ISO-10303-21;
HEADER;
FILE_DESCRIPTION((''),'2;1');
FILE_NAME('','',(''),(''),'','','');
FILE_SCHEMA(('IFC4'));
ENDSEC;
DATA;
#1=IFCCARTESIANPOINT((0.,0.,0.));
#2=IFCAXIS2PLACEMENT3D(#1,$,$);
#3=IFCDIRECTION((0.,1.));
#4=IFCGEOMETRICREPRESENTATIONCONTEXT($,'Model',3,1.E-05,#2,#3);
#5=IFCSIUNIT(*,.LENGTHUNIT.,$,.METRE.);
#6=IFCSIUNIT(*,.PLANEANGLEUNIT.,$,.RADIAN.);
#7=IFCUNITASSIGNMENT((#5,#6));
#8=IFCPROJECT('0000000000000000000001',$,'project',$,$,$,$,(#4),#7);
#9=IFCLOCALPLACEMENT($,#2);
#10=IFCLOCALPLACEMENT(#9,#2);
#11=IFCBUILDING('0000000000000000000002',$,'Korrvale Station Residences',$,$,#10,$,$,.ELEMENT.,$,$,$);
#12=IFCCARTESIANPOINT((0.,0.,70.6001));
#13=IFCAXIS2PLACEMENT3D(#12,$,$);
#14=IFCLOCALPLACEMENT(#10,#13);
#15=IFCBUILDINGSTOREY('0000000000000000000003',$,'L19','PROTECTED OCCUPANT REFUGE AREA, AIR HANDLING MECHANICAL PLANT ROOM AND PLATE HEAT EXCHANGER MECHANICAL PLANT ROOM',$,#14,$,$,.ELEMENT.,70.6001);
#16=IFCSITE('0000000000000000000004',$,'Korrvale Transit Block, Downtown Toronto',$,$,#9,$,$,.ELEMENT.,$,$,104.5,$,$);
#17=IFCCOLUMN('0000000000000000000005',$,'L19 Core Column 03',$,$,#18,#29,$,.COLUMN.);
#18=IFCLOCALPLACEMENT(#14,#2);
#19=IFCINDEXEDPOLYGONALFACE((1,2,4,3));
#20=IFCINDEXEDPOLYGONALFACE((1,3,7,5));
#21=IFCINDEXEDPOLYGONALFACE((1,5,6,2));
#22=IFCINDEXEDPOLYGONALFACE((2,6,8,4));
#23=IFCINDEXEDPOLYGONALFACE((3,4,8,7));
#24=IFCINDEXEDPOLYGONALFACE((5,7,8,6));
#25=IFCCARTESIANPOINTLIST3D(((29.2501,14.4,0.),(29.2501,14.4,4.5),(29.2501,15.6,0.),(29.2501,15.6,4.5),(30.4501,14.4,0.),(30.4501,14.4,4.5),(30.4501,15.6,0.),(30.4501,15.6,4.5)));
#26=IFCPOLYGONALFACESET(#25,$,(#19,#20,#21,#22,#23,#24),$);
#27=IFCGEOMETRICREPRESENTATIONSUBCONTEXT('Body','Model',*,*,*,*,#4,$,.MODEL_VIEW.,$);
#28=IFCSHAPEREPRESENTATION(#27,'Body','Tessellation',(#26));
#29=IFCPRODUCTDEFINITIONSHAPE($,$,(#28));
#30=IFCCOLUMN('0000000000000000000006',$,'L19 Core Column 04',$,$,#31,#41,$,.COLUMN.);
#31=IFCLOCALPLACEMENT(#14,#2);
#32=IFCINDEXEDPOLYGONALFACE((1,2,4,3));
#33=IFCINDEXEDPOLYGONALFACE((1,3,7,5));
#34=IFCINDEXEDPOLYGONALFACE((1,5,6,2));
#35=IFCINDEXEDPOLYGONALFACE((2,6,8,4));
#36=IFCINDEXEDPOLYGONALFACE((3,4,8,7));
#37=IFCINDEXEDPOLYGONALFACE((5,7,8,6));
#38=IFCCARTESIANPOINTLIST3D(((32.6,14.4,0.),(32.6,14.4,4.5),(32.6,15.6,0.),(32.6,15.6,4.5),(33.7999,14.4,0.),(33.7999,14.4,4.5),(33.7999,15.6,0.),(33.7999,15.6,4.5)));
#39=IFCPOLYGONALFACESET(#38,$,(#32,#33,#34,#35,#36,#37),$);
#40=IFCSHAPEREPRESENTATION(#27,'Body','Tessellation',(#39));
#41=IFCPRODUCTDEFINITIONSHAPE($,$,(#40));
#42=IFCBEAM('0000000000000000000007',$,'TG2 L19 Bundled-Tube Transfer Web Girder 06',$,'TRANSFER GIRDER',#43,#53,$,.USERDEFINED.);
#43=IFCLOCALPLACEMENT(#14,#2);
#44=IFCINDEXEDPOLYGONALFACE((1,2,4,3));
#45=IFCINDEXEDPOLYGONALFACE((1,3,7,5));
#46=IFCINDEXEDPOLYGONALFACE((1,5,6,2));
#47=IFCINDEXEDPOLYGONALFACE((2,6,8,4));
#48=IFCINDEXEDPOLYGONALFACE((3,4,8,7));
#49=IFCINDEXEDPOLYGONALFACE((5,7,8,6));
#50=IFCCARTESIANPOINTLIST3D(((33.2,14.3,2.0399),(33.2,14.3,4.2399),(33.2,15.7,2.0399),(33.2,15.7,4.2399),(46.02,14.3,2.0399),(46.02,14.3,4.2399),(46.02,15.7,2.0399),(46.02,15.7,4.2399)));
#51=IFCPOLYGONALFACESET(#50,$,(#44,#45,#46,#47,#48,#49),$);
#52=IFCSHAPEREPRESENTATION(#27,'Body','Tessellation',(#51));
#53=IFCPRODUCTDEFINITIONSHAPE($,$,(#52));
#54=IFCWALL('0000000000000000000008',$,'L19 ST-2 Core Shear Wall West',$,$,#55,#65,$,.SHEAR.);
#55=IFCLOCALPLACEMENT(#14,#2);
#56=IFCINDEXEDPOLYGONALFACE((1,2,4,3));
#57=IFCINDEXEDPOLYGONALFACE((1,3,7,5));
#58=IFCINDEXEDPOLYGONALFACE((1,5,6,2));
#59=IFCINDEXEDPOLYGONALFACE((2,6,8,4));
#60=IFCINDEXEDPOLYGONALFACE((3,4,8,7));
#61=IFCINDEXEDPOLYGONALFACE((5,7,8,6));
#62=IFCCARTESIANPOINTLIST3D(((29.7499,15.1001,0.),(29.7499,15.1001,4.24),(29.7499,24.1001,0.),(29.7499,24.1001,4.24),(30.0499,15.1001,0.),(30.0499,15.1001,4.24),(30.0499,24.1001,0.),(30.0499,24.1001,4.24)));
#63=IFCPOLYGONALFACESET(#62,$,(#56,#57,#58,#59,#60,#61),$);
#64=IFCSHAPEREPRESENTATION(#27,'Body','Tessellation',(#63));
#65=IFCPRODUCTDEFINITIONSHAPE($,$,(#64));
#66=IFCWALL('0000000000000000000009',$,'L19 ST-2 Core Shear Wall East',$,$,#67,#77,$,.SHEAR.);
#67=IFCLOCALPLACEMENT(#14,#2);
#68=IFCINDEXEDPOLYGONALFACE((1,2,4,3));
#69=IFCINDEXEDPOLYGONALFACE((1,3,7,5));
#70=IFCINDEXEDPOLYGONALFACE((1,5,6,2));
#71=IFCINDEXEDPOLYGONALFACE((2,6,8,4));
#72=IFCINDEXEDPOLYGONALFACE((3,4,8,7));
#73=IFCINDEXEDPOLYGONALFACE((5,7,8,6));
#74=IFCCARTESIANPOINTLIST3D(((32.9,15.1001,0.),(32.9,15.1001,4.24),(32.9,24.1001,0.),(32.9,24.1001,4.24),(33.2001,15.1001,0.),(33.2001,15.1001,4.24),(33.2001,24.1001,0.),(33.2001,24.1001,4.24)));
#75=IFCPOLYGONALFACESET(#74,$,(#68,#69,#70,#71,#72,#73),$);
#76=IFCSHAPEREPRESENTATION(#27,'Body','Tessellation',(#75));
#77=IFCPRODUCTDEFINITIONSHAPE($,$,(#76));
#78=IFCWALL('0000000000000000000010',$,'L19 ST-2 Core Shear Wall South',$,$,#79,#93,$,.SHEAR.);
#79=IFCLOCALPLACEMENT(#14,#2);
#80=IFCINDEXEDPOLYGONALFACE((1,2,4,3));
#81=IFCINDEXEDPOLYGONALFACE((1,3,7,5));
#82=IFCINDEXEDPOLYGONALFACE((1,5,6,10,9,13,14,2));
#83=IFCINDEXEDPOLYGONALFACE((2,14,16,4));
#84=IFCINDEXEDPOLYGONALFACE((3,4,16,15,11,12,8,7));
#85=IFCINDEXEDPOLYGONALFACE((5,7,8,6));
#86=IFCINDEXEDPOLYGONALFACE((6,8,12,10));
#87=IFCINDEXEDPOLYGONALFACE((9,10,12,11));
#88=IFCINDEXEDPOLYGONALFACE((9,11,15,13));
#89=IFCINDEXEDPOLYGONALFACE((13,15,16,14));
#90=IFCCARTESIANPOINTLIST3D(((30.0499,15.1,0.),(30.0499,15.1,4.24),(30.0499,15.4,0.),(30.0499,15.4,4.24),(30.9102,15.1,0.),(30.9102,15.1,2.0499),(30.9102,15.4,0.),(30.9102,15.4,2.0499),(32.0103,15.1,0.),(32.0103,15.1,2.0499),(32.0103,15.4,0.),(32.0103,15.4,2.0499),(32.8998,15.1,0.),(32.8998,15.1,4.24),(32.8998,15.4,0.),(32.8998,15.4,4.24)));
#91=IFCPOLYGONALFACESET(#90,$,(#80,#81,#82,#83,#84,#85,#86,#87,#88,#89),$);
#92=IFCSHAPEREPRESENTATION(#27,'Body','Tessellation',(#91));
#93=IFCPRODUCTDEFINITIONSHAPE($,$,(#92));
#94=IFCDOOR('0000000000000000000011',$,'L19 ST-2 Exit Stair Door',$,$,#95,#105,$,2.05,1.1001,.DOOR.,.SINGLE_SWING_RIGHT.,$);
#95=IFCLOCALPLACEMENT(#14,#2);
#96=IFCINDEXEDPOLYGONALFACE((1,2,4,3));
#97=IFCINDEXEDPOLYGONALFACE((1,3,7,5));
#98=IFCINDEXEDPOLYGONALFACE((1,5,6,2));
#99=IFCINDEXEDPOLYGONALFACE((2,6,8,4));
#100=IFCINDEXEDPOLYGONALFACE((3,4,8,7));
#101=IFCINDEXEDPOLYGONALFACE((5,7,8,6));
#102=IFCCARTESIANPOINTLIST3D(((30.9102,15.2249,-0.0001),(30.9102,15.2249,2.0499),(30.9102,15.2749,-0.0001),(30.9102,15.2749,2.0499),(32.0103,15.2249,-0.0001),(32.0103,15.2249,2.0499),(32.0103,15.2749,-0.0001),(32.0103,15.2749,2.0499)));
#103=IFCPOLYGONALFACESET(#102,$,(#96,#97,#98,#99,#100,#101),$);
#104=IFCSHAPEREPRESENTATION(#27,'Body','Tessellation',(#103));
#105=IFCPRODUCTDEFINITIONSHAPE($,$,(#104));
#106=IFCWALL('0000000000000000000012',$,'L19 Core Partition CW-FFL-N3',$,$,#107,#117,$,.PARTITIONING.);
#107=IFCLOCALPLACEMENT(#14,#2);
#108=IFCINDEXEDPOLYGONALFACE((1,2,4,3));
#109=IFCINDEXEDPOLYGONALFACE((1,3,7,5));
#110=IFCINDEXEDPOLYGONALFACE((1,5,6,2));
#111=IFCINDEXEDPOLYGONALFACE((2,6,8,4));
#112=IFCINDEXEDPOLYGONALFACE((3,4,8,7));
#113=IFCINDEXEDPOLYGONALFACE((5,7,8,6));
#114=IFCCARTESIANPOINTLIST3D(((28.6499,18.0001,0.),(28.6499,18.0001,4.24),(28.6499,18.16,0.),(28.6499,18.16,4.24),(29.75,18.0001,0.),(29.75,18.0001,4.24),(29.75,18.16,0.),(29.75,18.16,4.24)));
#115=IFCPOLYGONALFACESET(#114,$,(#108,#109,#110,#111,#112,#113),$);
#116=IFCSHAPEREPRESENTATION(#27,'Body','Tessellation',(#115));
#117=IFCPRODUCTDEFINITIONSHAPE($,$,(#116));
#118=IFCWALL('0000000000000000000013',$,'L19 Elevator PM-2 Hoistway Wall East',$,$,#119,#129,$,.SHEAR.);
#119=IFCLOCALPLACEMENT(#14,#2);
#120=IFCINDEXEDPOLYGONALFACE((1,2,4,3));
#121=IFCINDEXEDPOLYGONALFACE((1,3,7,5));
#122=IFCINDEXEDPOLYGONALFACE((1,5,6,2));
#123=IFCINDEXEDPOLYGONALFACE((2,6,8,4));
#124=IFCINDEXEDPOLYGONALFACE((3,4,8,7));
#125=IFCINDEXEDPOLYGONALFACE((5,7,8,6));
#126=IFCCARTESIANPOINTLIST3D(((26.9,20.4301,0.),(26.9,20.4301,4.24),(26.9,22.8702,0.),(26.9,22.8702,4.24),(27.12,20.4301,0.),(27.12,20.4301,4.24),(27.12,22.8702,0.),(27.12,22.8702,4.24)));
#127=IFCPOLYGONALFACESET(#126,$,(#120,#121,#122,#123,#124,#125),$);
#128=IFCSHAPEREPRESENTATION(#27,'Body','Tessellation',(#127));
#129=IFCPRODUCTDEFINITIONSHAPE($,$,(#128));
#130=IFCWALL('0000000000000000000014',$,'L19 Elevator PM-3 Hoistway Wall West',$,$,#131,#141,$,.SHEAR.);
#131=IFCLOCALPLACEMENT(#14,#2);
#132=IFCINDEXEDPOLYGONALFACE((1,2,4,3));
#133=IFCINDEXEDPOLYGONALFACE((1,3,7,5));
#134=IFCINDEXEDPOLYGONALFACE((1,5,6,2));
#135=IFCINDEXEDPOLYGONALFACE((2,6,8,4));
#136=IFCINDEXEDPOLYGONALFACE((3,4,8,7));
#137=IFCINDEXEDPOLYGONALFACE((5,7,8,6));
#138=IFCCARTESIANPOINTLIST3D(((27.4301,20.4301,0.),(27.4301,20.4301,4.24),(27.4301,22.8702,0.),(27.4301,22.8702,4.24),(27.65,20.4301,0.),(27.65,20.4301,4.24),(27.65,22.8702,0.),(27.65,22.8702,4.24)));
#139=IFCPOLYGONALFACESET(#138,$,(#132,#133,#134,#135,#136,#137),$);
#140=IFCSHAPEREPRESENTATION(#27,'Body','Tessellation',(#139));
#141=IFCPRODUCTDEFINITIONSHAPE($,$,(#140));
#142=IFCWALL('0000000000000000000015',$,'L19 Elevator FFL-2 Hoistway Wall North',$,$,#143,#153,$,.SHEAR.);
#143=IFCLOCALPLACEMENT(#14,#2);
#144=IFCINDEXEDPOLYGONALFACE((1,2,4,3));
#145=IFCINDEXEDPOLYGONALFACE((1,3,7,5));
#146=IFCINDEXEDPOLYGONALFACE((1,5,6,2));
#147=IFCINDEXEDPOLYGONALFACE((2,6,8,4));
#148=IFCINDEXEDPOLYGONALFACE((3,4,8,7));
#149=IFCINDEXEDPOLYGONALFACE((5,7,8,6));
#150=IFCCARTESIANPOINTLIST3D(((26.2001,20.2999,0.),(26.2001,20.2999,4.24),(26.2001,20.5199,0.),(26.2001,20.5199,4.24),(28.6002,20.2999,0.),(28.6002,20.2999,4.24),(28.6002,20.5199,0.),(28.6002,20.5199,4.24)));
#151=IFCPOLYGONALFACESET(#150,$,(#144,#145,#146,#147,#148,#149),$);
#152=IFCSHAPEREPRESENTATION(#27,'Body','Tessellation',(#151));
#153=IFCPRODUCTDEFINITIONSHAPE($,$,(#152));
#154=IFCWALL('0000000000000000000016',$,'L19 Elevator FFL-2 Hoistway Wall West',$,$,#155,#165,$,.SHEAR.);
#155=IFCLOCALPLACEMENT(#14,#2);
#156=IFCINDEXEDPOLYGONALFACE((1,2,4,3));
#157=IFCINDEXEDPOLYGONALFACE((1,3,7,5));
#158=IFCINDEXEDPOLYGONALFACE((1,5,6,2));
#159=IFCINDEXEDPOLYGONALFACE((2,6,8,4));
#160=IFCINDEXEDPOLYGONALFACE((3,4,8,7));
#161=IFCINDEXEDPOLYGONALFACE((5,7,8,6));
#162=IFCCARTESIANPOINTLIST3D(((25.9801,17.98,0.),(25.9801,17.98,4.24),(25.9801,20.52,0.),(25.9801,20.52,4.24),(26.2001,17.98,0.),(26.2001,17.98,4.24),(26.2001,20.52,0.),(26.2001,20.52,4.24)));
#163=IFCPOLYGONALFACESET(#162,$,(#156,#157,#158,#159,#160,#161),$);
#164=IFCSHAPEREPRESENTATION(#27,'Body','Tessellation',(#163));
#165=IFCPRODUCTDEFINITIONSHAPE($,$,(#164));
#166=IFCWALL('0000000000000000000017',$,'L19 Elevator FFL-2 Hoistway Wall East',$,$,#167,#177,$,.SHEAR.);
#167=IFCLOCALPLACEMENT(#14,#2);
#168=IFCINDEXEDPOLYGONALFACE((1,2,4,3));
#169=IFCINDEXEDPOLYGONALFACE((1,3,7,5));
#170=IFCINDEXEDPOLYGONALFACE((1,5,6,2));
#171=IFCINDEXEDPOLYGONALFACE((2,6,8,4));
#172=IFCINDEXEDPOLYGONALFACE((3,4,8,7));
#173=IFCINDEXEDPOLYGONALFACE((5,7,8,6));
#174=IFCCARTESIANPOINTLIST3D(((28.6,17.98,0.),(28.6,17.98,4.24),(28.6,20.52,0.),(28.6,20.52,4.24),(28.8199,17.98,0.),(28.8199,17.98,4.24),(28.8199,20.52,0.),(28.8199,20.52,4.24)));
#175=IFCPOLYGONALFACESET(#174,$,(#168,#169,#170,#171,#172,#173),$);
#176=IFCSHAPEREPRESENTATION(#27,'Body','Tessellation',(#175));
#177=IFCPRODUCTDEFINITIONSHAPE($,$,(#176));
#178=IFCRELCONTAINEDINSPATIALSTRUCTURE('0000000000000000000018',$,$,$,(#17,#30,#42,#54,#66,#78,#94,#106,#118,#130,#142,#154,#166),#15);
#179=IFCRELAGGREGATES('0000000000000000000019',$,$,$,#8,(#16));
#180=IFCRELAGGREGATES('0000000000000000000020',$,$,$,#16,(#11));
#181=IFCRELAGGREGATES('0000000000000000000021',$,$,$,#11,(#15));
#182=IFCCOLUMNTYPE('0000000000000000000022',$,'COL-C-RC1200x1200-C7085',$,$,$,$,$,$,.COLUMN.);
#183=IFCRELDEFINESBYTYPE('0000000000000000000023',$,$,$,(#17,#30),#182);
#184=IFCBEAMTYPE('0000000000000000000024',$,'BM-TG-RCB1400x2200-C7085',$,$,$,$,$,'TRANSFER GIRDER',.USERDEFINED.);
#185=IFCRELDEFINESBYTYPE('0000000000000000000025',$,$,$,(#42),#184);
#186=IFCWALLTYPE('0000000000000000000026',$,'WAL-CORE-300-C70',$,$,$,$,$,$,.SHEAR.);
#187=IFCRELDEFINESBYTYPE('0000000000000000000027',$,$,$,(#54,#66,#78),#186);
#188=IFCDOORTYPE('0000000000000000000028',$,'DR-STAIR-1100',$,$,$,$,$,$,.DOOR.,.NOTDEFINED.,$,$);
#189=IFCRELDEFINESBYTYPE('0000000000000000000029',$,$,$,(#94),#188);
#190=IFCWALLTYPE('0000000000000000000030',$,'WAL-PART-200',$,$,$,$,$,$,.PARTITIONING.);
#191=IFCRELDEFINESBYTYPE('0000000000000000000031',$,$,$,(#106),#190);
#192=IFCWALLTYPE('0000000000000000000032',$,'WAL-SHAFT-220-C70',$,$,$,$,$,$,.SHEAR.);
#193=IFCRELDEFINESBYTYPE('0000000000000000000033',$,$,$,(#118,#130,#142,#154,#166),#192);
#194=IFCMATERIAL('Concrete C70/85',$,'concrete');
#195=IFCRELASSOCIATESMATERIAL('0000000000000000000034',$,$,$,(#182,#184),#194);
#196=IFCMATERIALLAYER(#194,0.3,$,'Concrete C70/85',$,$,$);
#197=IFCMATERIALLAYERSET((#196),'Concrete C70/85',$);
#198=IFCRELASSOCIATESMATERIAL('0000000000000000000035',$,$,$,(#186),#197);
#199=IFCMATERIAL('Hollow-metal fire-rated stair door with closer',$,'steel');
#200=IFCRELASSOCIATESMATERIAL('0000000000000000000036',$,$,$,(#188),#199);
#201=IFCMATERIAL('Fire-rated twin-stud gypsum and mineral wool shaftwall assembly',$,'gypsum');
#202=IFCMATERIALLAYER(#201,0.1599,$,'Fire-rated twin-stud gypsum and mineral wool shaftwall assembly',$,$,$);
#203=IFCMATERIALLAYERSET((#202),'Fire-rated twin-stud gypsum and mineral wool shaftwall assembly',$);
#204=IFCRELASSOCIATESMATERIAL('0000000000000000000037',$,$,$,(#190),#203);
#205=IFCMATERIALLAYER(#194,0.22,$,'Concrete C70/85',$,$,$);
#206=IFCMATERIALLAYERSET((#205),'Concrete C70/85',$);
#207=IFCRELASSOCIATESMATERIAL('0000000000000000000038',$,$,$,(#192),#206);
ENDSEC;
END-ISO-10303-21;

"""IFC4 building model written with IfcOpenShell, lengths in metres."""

from ifc_helpers import new_model, si_unit, direction, frame, frame_2d, origin, origin_2d, place, context, subcontext, project, spatial, rectangle, extrude, material, layer, layer_set, material_profile, profile_set, type_object, element, fill, save


model = new_model("IFC4")

# Units and contexts
model_context = context("Model", 3, precision=1e-05, world=origin(), true_north=direction((0.0, 1.0)))
body_context = subcontext(model_context, "Body", "Model", "MODEL_VIEW")
ifc_project = project(units=[si_unit("LENGTHUNIT", "METRE"), si_unit("PLANEANGLEUNIT", "RADIAN")], contexts=[model_context])

# Site, building, storey
site_placement = place(None, origin())
site = spatial("IfcSite", under=ifc_project, at=site_placement, Name="Korrvale Transit Block, Downtown Toronto", CompositionType="ELEMENT", RefElevation=104.5)
building_placement = place(site_placement, origin())
building = spatial("IfcBuilding", under=site, at=building_placement, Name="Korrvale Station Residences", CompositionType="ELEMENT")
storey_placement = place(building_placement, frame((0.0, 0.0, 70.6001)))
storey = spatial("IfcBuildingStorey", under=building, at=storey_placement, Name="L19", Description="PROTECTED OCCUPANT REFUGE AREA, AIR HANDLING MECHANICAL PLANT ROOM AND PLATE HEAT EXCHANGER MECHANICAL PLANT ROOM", CompositionType="ELEMENT", Elevation=70.6001)

# Columns
ifc_material_1 = material(Name="Concrete C70/85", Category="concrete")
ifc_material_profile_1 = material_profile(ifc_material_1, rectangle(XDim=1.2, YDim=1.2, at=origin_2d()), Name="RC1200x1200")
ifc_profile_set_1 = profile_set([ifc_material_profile_1], Name="Concrete C70/85")
column_type = type_object("IfcColumnType", Name="COL-C-RC1200x1200-C7085", PredefinedType="COLUMN", material=ifc_profile_set_1)
for number, where, z_axis, x_axis, name in (
    (1, (29.8501, 15.0, 0.0), (0.0, 0.0, 1.0), (1.0, 0.0, 0.0), "L19 Core Column 03"),
    (2, (33.2, 15.0, 0.0), (0.0, 0.0, 1.0), (1.0, 0.0, 0.0), "L19 Core Column 04"),
):
    element("IfcColumn", number, at=place(storey_placement, frame(where, z_axis=z_axis, x_axis=x_axis)), inside=storey, type_object=column_type, Name=name, PredefinedType="COLUMN", context=body_context, shape_type="SweptSolid", body=[
        extrude(rectangle(XDim=1.2, YDim=1.2, at=origin_2d()), origin(), (0.0, 0.0, 1.0), 4.5),
    ])

# Beam
ifc_material_profile_2 = material_profile(ifc_material_1, rectangle(XDim=1.3999, YDim=2.2, at=origin_2d()), Name="RCB1400x2200")
ifc_profile_set_2 = profile_set([ifc_material_profile_2], Name="Concrete C70/85")
beam_type = type_object("IfcBeamType", Name="BM-TG-RCB1400x2200-C7085", ElementType="TRANSFER GIRDER", PredefinedType="USERDEFINED", material=ifc_profile_set_2)
beam_placement = place(storey_placement, frame((33.2, 15.0, 3.1399), z_axis=(1.0, 0.0, 0.0), x_axis=(0.0, 1.0, 0.0)))
element("IfcBeam", 3, at=beam_placement, inside=storey, type_object=beam_type, Name="TG2 L19 Bundled-Tube Transfer Web Girder 06", ObjectType="TRANSFER GIRDER", PredefinedType="USERDEFINED", context=body_context, shape_type="SweptSolid", body=[
    extrude(rectangle(XDim=1.3999, YDim=2.2, at=origin_2d()), origin(), (0.0, 0.0, 1.0), 12.8201),
])

# Walls
ifc_layer_1 = layer(ifc_material_1, 0.3, Name="Concrete C70/85")
ifc_layer_set_1 = layer_set([ifc_layer_1], Name="Concrete C70/85")
wall_type_1 = type_object("IfcWallType", Name="WAL-CORE-300-C70", PredefinedType="SHEAR", material=ifc_layer_set_1)
for number, where, z_axis, x_axis, name in (
    (4, (29.8999, 15.1001, 0.0), (0.0, 0.0, 1.0), (0.0, 1.0, 0.0), "L19 ST-2 Core Shear Wall West"),
    (5, (33.05, 15.1001, 0.0), (0.0, 0.0, 1.0), (0.0, 1.0, 0.0), "L19 ST-2 Core Shear Wall East"),
):
    element("IfcWall", number, at=place(storey_placement, frame(where, z_axis=z_axis, x_axis=x_axis)), inside=storey, type_object=wall_type_1, Name=name, PredefinedType="SHEAR", context=body_context, shape_type="SweptSolid", body=[
        extrude(rectangle(XDim=9.0, YDim=0.3, at=frame_2d((4.5, 0.0))), origin(), (0.0, 0.0, 1.0), 4.24),
    ])

# Wall, opening, door
wall_1_placement = place(storey_placement, frame((30.05, 15.25, 0.0), z_axis=(0.0, 0.0, 1.0), x_axis=(1.0, 0.0, 0.0)))
wall_1 = element("IfcWall", 6, at=wall_1_placement, inside=storey, type_object=wall_type_1, Name="L19 ST-2 Core Shear Wall South", PredefinedType="SHEAR", context=body_context, shape_type="SweptSolid", body=[
    extrude(rectangle(XDim=2.8499, YDim=0.3, at=frame_2d((1.4248, 0.0))), origin(), (0.0, 0.0, 1.0), 4.24),
])
opening_1_placement = place(wall_1_placement, frame((0.8601, 0.0, 0.0)))
opening_1 = element("IfcOpeningElement", 7, at=opening_1_placement, cuts=wall_1, PredefinedType="OPENING", context=body_context, shape_type="SweptSolid", body=[
    extrude(rectangle(XDim=1.1001, YDim=2.05, at=frame_2d((0.55, 1.0249))), frame((0.0, 0.1602, 0.0), z_axis=(0.0, -1.0, 0.0), x_axis=(1.0, 0.0, 0.0)), (0.0, 0.0, 1.0), 0.3201),
])
ifc_material_2 = material(Name="Hollow-metal fire-rated stair door with closer", Category="steel")
door_type_1 = type_object("IfcDoorType", Name="DR-STAIR-1100", OperationType="NOTDEFINED", PredefinedType="DOOR", material=ifc_material_2)
door_1_placement = place(opening_1_placement, origin())
door_1 = element("IfcDoor", 8, at=door_1_placement, inside=storey, type_object=door_type_1, Name="L19 ST-2 Exit Stair Door", OperationType="SINGLE_SWING_RIGHT", OverallHeight=2.05, OverallWidth=1.1001, PredefinedType="DOOR", context=body_context, shape_type="SweptSolid", body=[
    extrude(rectangle(XDim=1.1001, YDim=2.05, at=frame_2d((0.55, 1.0249))), frame((0.0, 0.0249, 0.0), z_axis=(0.0, -1.0, 0.0), x_axis=(1.0, 0.0, 0.0)), (0.0, 0.0, 1.0), 0.05),
])
fill(opening_1, door_1)

# Walls
ifc_material_3 = material(Name="Fire-rated twin-stud gypsum and mineral wool shaftwall assembly", Category="gypsum")
ifc_layer_2 = layer(ifc_material_3, 0.1599, Name="Fire-rated twin-stud gypsum and mineral wool shaftwall assembly")
ifc_layer_set_2 = layer_set([ifc_layer_2], Name="Fire-rated twin-stud gypsum and mineral wool shaftwall assembly")
wall_type_2 = type_object("IfcWallType", Name="WAL-PART-200", PredefinedType="PARTITIONING", material=ifc_layer_set_2)
wall_2_placement = place(storey_placement, frame((28.6499, 18.0801, 0.0), z_axis=(0.0, 0.0, 1.0), x_axis=(1.0, 0.0, 0.0)))
element("IfcWall", 9, at=wall_2_placement, inside=storey, type_object=wall_type_2, Name="L19 Core Partition CW-FFL-N3", PredefinedType="PARTITIONING", context=body_context, shape_type="SweptSolid", body=[
    extrude(rectangle(XDim=1.1001, YDim=0.1599, at=frame_2d((0.55, 0.0))), origin(), (0.0, 0.0, 1.0), 4.24),
])
ifc_layer_3 = layer(ifc_material_1, 0.22, Name="Concrete C70/85")
ifc_layer_set_3 = layer_set([ifc_layer_3], Name="Concrete C70/85")
wall_type_3 = type_object("IfcWallType", Name="WAL-SHAFT-220-C70", PredefinedType="SHEAR", material=ifc_layer_set_3)
for number, where, z_axis, x_axis, name in (
    (10, (27.01, 20.4299, 0.0), (0.0, 0.0, 1.0), (0.0, 1.0, 0.0), "L19 Elevator PM-2 Hoistway Wall East"),
    (11, (27.54, 20.4299, 0.0), (0.0, 0.0, 1.0), (0.0, 1.0, 0.0), "L19 Elevator PM-3 Hoistway Wall West"),
):
    element("IfcWall", number, at=place(storey_placement, frame(where, z_axis=z_axis, x_axis=x_axis)), inside=storey, type_object=wall_type_3, Name=name, PredefinedType="SHEAR", context=body_context, shape_type="SweptSolid", body=[
        extrude(rectangle(XDim=2.4402, YDim=0.22, at=frame_2d((1.2202, 0.0))), origin(), (0.0, 0.0, 1.0), 4.24),
    ])

# Walls
wall_3_placement = place(storey_placement, frame((26.2, 20.4099, 0.0), z_axis=(0.0, 0.0, 1.0), x_axis=(1.0, 0.0, 0.0)))
element("IfcWall", 12, at=wall_3_placement, inside=storey, type_object=wall_type_3, Name="L19 Elevator FFL-2 Hoistway Wall North", PredefinedType="SHEAR", context=body_context, shape_type="SweptSolid", body=[
    extrude(rectangle(XDim=2.4001, YDim=0.22, at=frame_2d((1.2002, 0.0))), origin(), (0.0, 0.0, 1.0), 4.24),
])
for number, where, z_axis, x_axis, name in (
    (13, (26.0901, 17.98, 0.0), (0.0, 0.0, 1.0), (0.0, 1.0, 0.0), "L19 Elevator FFL-2 Hoistway Wall West"),
    (14, (28.71, 17.98, 0.0), (0.0, 0.0, 1.0), (0.0, 1.0, 0.0), "L19 Elevator FFL-2 Hoistway Wall East"),
):
    element("IfcWall", number, at=place(storey_placement, frame(where, z_axis=z_axis, x_axis=x_axis)), inside=storey, type_object=wall_type_3, Name=name, PredefinedType="SHEAR", context=body_context, shape_type="SweptSolid", body=[
        extrude(rectangle(XDim=2.54, YDim=0.22, at=frame_2d((1.27, 0.0))), origin(), (0.0, 0.0, 1.0), 4.24),
    ])

save(model, "model.ifc")
